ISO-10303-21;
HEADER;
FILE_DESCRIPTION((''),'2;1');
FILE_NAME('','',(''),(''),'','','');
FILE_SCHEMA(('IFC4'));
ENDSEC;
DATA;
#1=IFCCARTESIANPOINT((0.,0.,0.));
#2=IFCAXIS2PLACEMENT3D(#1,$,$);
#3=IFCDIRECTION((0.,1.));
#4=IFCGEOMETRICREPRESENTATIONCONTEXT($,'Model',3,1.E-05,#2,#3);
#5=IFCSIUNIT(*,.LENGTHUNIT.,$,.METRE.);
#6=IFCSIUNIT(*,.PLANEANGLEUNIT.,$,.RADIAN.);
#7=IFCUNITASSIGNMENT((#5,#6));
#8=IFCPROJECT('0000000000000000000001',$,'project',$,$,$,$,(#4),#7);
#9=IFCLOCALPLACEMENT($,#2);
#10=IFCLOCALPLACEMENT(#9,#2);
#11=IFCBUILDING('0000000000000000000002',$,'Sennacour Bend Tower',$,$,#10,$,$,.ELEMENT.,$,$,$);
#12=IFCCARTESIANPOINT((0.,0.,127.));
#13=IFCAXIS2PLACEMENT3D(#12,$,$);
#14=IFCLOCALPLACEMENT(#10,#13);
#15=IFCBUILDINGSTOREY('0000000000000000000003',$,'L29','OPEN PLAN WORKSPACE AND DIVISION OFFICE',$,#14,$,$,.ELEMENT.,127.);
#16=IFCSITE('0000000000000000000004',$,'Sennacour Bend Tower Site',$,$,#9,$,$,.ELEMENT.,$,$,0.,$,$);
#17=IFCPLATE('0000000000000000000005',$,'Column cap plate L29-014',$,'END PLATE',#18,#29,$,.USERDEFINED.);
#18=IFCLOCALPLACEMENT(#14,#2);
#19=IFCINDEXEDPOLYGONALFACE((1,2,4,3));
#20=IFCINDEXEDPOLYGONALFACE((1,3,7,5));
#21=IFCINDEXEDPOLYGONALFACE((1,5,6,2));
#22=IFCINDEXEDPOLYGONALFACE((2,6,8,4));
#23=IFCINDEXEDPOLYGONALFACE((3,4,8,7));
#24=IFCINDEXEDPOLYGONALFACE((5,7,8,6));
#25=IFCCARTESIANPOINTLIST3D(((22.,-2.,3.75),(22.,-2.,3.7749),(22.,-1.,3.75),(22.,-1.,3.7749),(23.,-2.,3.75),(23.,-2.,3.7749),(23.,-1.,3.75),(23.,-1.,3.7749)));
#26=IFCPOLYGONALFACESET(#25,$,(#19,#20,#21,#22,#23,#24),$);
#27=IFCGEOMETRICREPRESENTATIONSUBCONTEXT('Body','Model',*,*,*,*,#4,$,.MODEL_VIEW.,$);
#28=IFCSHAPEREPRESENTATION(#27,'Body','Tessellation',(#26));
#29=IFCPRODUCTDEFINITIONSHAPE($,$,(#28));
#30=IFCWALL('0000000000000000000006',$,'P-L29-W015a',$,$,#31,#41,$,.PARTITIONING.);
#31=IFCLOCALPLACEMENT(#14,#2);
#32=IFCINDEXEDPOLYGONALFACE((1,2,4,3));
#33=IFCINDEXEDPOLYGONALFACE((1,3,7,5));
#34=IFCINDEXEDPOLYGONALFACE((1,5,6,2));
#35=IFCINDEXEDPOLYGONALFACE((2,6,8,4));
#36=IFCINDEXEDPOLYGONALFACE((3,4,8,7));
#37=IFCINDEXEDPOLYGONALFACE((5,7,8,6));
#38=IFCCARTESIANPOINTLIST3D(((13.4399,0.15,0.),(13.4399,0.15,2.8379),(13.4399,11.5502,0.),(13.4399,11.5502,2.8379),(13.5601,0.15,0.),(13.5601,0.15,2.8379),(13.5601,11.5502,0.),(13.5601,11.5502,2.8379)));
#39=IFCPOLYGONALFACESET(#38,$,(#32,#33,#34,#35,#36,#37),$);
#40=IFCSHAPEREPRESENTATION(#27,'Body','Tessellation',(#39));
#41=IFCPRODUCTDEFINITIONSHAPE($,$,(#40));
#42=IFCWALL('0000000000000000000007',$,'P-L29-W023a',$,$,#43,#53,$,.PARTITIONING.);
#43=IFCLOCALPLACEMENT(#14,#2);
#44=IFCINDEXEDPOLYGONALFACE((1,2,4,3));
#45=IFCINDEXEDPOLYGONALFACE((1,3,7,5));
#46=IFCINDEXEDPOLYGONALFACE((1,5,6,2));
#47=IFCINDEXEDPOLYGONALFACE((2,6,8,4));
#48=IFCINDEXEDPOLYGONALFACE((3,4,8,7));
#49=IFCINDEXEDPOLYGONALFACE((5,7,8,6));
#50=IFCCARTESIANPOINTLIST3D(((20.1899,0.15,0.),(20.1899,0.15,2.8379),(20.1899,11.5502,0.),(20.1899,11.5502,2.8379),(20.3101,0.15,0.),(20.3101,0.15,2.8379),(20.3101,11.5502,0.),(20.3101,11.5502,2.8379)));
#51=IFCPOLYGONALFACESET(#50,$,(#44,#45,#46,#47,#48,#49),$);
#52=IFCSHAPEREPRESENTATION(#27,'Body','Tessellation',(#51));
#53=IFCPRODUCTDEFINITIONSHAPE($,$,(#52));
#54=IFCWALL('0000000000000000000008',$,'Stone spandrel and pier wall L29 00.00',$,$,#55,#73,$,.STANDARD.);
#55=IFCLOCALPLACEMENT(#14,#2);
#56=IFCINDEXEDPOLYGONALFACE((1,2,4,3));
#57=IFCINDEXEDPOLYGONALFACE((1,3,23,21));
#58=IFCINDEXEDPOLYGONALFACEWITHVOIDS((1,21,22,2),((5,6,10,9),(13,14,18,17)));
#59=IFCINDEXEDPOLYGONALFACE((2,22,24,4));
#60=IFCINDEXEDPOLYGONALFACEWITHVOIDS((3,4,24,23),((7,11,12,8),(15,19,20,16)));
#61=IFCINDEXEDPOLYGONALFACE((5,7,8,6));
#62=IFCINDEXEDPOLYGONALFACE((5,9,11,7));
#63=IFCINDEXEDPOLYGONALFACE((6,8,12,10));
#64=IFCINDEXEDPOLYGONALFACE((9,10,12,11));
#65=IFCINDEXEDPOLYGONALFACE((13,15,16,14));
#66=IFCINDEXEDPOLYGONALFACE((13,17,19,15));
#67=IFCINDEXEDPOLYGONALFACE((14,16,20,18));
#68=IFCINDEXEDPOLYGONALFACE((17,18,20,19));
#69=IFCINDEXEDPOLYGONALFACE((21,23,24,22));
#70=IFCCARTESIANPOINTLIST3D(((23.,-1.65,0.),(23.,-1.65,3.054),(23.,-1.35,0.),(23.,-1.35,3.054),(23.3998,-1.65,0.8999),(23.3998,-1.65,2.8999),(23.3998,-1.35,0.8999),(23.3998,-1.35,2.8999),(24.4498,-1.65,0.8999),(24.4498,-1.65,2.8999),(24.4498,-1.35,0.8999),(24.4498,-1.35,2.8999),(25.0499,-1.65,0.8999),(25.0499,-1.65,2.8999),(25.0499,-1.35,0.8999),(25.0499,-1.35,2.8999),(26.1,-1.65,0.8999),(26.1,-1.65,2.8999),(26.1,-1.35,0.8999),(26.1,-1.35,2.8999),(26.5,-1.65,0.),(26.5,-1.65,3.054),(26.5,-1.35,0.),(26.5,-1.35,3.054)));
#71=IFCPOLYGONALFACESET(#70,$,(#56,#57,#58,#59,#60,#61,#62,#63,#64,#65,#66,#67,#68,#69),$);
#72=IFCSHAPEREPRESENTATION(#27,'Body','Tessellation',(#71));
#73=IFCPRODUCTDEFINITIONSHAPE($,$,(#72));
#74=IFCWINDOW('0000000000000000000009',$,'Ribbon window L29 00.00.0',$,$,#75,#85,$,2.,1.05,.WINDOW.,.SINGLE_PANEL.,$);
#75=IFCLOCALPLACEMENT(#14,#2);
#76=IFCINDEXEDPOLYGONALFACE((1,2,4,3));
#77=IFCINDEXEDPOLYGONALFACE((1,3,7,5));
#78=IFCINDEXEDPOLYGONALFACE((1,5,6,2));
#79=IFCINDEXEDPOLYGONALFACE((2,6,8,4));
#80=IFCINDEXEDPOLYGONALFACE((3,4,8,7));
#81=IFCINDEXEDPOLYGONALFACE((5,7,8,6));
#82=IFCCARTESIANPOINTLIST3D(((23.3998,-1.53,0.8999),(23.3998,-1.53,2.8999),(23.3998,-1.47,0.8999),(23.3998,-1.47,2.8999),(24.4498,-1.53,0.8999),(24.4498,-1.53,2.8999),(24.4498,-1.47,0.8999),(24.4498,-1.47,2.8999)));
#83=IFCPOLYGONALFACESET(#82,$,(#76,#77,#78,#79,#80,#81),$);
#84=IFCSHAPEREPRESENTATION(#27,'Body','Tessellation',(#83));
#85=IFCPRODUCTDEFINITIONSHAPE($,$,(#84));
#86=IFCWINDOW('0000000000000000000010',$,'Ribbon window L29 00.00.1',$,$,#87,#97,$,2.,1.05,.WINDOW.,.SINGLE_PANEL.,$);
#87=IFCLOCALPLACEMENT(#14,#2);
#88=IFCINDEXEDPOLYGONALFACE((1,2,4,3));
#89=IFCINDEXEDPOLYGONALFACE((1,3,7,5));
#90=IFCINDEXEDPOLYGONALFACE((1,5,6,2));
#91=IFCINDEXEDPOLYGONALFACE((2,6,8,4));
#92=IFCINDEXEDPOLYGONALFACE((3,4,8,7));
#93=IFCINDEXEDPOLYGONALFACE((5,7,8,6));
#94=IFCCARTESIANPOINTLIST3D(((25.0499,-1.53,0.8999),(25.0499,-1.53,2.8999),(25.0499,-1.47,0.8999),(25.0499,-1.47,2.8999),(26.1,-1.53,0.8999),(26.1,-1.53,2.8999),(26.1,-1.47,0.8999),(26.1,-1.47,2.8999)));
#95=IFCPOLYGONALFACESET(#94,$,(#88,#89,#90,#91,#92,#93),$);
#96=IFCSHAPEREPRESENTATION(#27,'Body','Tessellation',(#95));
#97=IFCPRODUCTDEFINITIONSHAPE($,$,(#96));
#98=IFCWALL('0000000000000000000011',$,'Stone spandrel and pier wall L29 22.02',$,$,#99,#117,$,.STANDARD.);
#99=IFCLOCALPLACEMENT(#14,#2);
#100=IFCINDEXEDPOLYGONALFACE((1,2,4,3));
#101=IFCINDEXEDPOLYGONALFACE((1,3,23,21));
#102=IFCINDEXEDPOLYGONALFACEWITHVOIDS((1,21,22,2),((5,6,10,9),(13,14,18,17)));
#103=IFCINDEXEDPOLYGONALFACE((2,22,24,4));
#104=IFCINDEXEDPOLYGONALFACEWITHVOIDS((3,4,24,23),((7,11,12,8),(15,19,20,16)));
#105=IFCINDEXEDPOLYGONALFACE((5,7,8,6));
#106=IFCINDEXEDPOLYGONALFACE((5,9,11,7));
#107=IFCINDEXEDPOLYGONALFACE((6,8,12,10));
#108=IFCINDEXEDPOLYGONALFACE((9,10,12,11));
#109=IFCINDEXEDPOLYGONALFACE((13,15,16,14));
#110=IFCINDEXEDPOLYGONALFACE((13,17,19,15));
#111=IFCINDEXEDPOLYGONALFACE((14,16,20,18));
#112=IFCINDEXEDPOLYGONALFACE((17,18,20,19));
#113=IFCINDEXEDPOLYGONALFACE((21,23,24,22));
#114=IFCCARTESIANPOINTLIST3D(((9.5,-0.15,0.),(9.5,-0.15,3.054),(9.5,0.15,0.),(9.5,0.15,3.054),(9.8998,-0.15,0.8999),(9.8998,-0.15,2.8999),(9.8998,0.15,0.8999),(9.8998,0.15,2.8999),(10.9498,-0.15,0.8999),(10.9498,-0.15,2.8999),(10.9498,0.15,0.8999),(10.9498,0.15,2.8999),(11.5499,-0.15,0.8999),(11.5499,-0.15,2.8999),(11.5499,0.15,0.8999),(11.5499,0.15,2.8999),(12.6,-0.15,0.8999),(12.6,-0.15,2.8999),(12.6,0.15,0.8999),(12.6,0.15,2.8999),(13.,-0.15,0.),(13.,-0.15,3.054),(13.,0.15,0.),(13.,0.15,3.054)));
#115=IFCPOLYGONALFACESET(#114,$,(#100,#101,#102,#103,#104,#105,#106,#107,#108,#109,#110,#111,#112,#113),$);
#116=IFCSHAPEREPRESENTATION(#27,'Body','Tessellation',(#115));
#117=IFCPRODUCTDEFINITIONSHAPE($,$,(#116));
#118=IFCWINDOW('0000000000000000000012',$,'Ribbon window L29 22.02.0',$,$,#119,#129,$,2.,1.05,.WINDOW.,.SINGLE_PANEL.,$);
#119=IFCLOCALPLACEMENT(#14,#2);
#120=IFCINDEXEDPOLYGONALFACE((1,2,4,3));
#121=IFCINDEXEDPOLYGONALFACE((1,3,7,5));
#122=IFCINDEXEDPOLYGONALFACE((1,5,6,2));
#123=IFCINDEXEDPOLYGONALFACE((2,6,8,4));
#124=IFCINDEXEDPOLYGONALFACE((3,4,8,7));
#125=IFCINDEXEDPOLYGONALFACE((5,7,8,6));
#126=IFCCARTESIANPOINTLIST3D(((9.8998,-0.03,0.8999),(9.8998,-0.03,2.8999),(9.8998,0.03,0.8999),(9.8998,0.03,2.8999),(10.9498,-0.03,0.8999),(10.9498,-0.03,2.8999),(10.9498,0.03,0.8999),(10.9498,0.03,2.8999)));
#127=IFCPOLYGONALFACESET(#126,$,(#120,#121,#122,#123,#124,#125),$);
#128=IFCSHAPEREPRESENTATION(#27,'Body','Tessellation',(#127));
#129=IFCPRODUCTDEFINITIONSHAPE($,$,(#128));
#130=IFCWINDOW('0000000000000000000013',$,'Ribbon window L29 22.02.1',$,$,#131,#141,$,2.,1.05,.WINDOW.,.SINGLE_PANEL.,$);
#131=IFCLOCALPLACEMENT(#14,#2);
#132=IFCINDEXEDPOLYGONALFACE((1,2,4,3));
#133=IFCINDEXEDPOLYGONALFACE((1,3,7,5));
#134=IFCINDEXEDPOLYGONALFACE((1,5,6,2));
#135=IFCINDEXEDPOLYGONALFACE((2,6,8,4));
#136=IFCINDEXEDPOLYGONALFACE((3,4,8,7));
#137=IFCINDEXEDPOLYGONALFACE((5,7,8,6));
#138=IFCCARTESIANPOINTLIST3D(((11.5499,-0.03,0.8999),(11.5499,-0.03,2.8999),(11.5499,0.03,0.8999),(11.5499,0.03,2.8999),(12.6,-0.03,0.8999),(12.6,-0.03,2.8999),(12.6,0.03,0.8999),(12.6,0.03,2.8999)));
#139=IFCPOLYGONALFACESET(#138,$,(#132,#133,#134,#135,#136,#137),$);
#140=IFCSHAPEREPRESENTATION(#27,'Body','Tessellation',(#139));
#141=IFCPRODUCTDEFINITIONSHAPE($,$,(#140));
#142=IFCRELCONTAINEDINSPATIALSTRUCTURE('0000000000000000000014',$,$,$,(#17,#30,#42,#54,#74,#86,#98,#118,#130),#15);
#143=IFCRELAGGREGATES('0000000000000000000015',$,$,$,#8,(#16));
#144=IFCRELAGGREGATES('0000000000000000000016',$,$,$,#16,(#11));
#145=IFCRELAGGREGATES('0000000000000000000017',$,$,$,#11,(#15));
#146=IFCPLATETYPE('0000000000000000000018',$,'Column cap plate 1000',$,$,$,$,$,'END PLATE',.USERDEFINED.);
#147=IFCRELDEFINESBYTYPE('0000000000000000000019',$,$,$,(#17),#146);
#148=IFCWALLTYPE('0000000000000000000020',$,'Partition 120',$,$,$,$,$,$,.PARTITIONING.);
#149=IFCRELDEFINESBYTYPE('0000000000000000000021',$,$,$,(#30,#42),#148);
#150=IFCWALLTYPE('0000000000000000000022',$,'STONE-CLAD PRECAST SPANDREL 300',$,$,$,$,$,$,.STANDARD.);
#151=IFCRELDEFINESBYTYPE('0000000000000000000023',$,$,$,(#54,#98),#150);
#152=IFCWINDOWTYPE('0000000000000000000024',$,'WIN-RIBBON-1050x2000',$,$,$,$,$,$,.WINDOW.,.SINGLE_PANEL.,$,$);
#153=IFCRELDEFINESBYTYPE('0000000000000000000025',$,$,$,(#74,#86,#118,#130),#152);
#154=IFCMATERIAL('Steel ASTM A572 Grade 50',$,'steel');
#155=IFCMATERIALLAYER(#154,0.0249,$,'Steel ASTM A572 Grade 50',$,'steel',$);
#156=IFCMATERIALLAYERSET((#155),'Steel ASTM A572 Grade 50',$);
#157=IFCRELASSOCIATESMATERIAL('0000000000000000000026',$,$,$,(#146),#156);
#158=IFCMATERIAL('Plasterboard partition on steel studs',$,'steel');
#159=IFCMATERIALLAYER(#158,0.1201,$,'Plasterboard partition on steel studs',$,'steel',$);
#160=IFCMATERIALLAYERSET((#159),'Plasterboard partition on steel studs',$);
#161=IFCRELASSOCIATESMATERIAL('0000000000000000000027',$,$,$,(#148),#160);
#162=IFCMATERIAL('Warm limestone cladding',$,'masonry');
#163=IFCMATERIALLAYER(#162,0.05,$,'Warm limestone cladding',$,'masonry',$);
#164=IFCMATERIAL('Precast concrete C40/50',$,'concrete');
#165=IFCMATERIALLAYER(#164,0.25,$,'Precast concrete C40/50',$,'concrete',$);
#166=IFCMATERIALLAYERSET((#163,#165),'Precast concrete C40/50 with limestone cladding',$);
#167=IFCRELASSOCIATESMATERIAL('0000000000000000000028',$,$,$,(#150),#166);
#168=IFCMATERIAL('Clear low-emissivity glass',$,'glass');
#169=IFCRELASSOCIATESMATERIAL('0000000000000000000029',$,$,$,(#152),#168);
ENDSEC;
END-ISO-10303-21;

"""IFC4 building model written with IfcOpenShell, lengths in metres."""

from ifc_helpers import new_model, si_unit, direction, frame, frame_2d, origin, origin_2d, place, context, subcontext, project, spatial, rectangle, extrude, material, layer, layer_set, type_object, element, fill, save


model = new_model("IFC4")

# Units and contexts
model_context = context("Model", 3, precision=1e-05, world=origin(), true_north=direction((0.0, 1.0)))
body_context = subcontext(model_context, "Body", "Model", "MODEL_VIEW")
ifc_project = project(units=[si_unit("LENGTHUNIT", "METRE"), si_unit("PLANEANGLEUNIT", "RADIAN")], contexts=[model_context])

# Site, building, storey
site_placement = place(None, origin())
site = spatial("IfcSite", under=ifc_project, at=site_placement, Name="Sennacour Bend Tower Site", CompositionType="ELEMENT", RefElevation=0.0)
building_placement = place(site_placement, origin())
building = spatial("IfcBuilding", under=site, at=building_placement, Name="Sennacour Bend Tower", CompositionType="ELEMENT")
storey_placement = place(building_placement, frame((0.0, 0.0, 127.0)))
storey = spatial("IfcBuildingStorey", under=building, at=storey_placement, Name="L29", Description="OPEN PLAN WORKSPACE AND DIVISION OFFICE", CompositionType="ELEMENT", Elevation=127.0)

# Shared definitions
ifc_material_1 = material(Name="Steel ASTM A572 Grade 50", Category="steel")

# Plate
ifc_layer_1 = layer(ifc_material_1, 0.0249, Name="Steel ASTM A572 Grade 50", Category="steel")
ifc_layer_set_1 = layer_set([ifc_layer_1], Name="Steel ASTM A572 Grade 50")
plate_type = type_object("IfcPlateType", Name="Column cap plate 1000", ElementType="END PLATE", PredefinedType="USERDEFINED", material=ifc_layer_set_1)
plate_placement = place(storey_placement, frame((22.5, -1.5, 3.75), z_axis=(0.0, 0.0, 1.0), x_axis=(1.0, 0.0, 0.0)))
element("IfcPlate", 1, at=plate_placement, inside=storey, type_object=plate_type, Name="Column cap plate L29-014", ObjectType="END PLATE", PredefinedType="USERDEFINED", context=body_context, shape_type="SweptSolid", body=[
    extrude(rectangle(XDim=1.0, YDim=1.0, at=origin_2d()), origin(), (0.0, 0.0, 1.0), 0.0249),
])

# Walls
ifc_material_2 = material(Name="Plasterboard partition on steel studs", Category="steel")
ifc_layer_2 = layer(ifc_material_2, 0.1201, Name="Plasterboard partition on steel studs", Category="steel")
ifc_layer_set_2 = layer_set([ifc_layer_2], Name="Plasterboard partition on steel studs")
wall_type_1 = type_object("IfcWallType", Name="Partition 120", PredefinedType="PARTITIONING", material=ifc_layer_set_2)
for number, where, z_axis, x_axis, name in (
    (2, (13.5, 0.1499, 0.0), (0.0, 0.0, 1.0), (0.0, 1.0, 0.0), "P-L29-W015a"),
    (3, (20.25, 0.1499, 0.0), (0.0, 0.0, 1.0), (0.0, 1.0, 0.0), "P-L29-W023a"),
):
    element("IfcWall", number, at=place(storey_placement, frame(where, z_axis=z_axis, x_axis=x_axis)), inside=storey, type_object=wall_type_1, Name=name, PredefinedType="PARTITIONING", context=body_context, shape_type="SweptSolid", body=[
        extrude(rectangle(XDim=11.4001, YDim=0.1201, at=frame_2d((5.7002, 0.0))), origin(), (0.0, 0.0, 1.0), 2.8379),
    ])

# Walls, openings, windows
ifc_material_3 = material(Name="Warm limestone cladding", Category="masonry")
ifc_layer_3 = layer(ifc_material_3, 0.05, Name="Warm limestone cladding", Category="masonry")
ifc_material_4 = material(Name="Precast concrete C40/50", Category="concrete")
ifc_layer_4 = layer(ifc_material_4, 0.25, Name="Precast concrete C40/50", Category="concrete")
ifc_layer_set_3 = layer_set([ifc_layer_3, ifc_layer_4], Name="Precast concrete C40/50 with limestone cladding")
wall_type_2 = type_object("IfcWallType", Name="STONE-CLAD PRECAST SPANDREL 300", PredefinedType="STANDARD", material=ifc_layer_set_3)
wall_1_placement = place(storey_placement, frame((23.0, -1.5, 0.0), z_axis=(0.0, 0.0, 1.0), x_axis=(1.0, 0.0, 0.0)))
wall_1 = element("IfcWall", 4, at=wall_1_placement, inside=storey, type_object=wall_type_2, Name="Stone spandrel and pier wall L29 00.00", PredefinedType="STANDARD", context=body_context, shape_type="SweptSolid", body=[
    extrude(rectangle(XDim=3.5, YDim=0.3, at=frame_2d((1.75, 0.0))), origin(), (0.0, 0.0, 1.0), 3.054),
])
opening_1_placement = place(wall_1_placement, frame((0.3999, 0.0, 0.8999)))
opening_1 = element("IfcOpeningElement", 5, at=opening_1_placement, cuts=wall_1, PredefinedType="OPENING", context=body_context, shape_type="SweptSolid", body=[
    extrude(rectangle(XDim=1.05, YDim=2.0, at=frame_2d((0.5249, 1.0))), frame((0.0, 0.1602, 0.0), z_axis=(0.0, -1.0, 0.0), x_axis=(1.0, 0.0, 0.0)), (0.0, 0.0, 1.0), 0.3201),
])
opening_2_placement = place(wall_1_placement, frame((2.05, 0.0, 0.8999)))
opening_2 = element("IfcOpeningElement", 6, at=opening_2_placement, cuts=wall_1, PredefinedType="OPENING", context=body_context, shape_type="SweptSolid", body=[
    extrude(rectangle(XDim=1.05, YDim=2.0, at=frame_2d((0.5249, 1.0))), frame((0.0, 0.1602, 0.0), z_axis=(0.0, -1.0, 0.0), x_axis=(1.0, 0.0, 0.0)), (0.0, 0.0, 1.0), 0.3201),
])
ifc_material_5 = material(Name="Clear low-emissivity glass", Category="glass")
window_type = type_object("IfcWindowType", Name="WIN-RIBBON-1050x2000", PartitioningType="SINGLE_PANEL", PredefinedType="WINDOW", material=ifc_material_5)
window_1_placement = place(opening_1_placement, origin())
window_1 = element("IfcWindow", 7, at=window_1_placement, inside=storey, type_object=window_type, Name="Ribbon window L29 00.00.0", OverallHeight=2.0, OverallWidth=1.05, PartitioningType="SINGLE_PANEL", PredefinedType="WINDOW", context=body_context, shape_type="SweptSolid", body=[
    extrude(rectangle(XDim=1.05, YDim=2.0, at=frame_2d((0.5249, 1.0))), frame((0.0, 0.03, 0.0), z_axis=(0.0, -1.0, 0.0), x_axis=(1.0, 0.0, 0.0)), (0.0, 0.0, 1.0), 0.0601),
])
fill(opening_1, window_1)
window_2_placement = place(opening_2_placement, origin())
window_2 = element("IfcWindow", 8, at=window_2_placement, inside=storey, type_object=window_type, Name="Ribbon window L29 00.00.1", OverallHeight=2.0, OverallWidth=1.05, PartitioningType="SINGLE_PANEL", PredefinedType="WINDOW", context=body_context, shape_type="SweptSolid", body=[
    extrude(rectangle(XDim=1.05, YDim=2.0, at=frame_2d((0.5249, 1.0))), frame((0.0, 0.03, 0.0), z_axis=(0.0, -1.0, 0.0), x_axis=(1.0, 0.0, 0.0)), (0.0, 0.0, 1.0), 0.0601),
])
fill(opening_2, window_2)
wall_2_placement = place(storey_placement, frame((9.5, 0.0, 0.0), z_axis=(0.0, 0.0, 1.0), x_axis=(1.0, 0.0, 0.0)))
wall_2 = element("IfcWall", 9, at=wall_2_placement, inside=storey, type_object=wall_type_2, Name="Stone spandrel and pier wall L29 22.02", PredefinedType="STANDARD", context=body_context, shape_type="SweptSolid", body=[
    extrude(rectangle(XDim=3.5, YDim=0.3, at=frame_2d((1.75, 0.0))), origin(), (0.0, 0.0, 1.0), 3.054),
])
opening_3_placement = place(wall_2_placement, frame((0.3999, 0.0, 0.8999)))
opening_3 = element("IfcOpeningElement", 10, at=opening_3_placement, cuts=wall_2, PredefinedType="OPENING", context=body_context, shape_type="SweptSolid", body=[
    extrude(rectangle(XDim=1.05, YDim=2.0, at=frame_2d((0.5249, 1.0))), frame((0.0, 0.1602, 0.0), z_axis=(0.0, -1.0, 0.0), x_axis=(1.0, 0.0, 0.0)), (0.0, 0.0, 1.0), 0.3201),
])
opening_4_placement = place(wall_2_placement, frame((2.05, 0.0, 0.8999)))
opening_4 = element("IfcOpeningElement", 11, at=opening_4_placement, cuts=wall_2, PredefinedType="OPENING", context=body_context, shape_type="SweptSolid", body=[
    extrude(rectangle(XDim=1.05, YDim=2.0, at=frame_2d((0.5249, 1.0))), frame((0.0, 0.1602, 0.0), z_axis=(0.0, -1.0, 0.0), x_axis=(1.0, 0.0, 0.0)), (0.0, 0.0, 1.0), 0.3201),
])
window_3_placement = place(opening_3_placement, origin())
window_3 = element("IfcWindow", 12, at=window_3_placement, inside=storey, type_object=window_type, Name="Ribbon window L29 22.02.0", OverallHeight=2.0, OverallWidth=1.05, PartitioningType="SINGLE_PANEL", PredefinedType="WINDOW", context=body_context, shape_type="SweptSolid", body=[
    extrude(rectangle(XDim=1.05, YDim=2.0, at=frame_2d((0.5249, 1.0))), frame((0.0, 0.03, 0.0), z_axis=(0.0, -1.0, 0.0), x_axis=(1.0, 0.0, 0.0)), (0.0, 0.0, 1.0), 0.0601),
])
fill(opening_3, window_3)
window_4_placement = place(opening_4_placement, origin())
window_4 = element("IfcWindow", 13, at=window_4_placement, inside=storey, type_object=window_type, Name="Ribbon window L29 22.02.1", OverallHeight=2.0, OverallWidth=1.05, PartitioningType="SINGLE_PANEL", PredefinedType="WINDOW", context=body_context, shape_type="SweptSolid", body=[
    extrude(rectangle(XDim=1.05, YDim=2.0, at=frame_2d((0.5249, 1.0))), frame((0.0, 0.03, 0.0), z_axis=(0.0, -1.0, 0.0), x_axis=(1.0, 0.0, 0.0)), (0.0, 0.0, 1.0), 0.0601),
])
fill(opening_4, window_4)

save(model, "model.ifc")
